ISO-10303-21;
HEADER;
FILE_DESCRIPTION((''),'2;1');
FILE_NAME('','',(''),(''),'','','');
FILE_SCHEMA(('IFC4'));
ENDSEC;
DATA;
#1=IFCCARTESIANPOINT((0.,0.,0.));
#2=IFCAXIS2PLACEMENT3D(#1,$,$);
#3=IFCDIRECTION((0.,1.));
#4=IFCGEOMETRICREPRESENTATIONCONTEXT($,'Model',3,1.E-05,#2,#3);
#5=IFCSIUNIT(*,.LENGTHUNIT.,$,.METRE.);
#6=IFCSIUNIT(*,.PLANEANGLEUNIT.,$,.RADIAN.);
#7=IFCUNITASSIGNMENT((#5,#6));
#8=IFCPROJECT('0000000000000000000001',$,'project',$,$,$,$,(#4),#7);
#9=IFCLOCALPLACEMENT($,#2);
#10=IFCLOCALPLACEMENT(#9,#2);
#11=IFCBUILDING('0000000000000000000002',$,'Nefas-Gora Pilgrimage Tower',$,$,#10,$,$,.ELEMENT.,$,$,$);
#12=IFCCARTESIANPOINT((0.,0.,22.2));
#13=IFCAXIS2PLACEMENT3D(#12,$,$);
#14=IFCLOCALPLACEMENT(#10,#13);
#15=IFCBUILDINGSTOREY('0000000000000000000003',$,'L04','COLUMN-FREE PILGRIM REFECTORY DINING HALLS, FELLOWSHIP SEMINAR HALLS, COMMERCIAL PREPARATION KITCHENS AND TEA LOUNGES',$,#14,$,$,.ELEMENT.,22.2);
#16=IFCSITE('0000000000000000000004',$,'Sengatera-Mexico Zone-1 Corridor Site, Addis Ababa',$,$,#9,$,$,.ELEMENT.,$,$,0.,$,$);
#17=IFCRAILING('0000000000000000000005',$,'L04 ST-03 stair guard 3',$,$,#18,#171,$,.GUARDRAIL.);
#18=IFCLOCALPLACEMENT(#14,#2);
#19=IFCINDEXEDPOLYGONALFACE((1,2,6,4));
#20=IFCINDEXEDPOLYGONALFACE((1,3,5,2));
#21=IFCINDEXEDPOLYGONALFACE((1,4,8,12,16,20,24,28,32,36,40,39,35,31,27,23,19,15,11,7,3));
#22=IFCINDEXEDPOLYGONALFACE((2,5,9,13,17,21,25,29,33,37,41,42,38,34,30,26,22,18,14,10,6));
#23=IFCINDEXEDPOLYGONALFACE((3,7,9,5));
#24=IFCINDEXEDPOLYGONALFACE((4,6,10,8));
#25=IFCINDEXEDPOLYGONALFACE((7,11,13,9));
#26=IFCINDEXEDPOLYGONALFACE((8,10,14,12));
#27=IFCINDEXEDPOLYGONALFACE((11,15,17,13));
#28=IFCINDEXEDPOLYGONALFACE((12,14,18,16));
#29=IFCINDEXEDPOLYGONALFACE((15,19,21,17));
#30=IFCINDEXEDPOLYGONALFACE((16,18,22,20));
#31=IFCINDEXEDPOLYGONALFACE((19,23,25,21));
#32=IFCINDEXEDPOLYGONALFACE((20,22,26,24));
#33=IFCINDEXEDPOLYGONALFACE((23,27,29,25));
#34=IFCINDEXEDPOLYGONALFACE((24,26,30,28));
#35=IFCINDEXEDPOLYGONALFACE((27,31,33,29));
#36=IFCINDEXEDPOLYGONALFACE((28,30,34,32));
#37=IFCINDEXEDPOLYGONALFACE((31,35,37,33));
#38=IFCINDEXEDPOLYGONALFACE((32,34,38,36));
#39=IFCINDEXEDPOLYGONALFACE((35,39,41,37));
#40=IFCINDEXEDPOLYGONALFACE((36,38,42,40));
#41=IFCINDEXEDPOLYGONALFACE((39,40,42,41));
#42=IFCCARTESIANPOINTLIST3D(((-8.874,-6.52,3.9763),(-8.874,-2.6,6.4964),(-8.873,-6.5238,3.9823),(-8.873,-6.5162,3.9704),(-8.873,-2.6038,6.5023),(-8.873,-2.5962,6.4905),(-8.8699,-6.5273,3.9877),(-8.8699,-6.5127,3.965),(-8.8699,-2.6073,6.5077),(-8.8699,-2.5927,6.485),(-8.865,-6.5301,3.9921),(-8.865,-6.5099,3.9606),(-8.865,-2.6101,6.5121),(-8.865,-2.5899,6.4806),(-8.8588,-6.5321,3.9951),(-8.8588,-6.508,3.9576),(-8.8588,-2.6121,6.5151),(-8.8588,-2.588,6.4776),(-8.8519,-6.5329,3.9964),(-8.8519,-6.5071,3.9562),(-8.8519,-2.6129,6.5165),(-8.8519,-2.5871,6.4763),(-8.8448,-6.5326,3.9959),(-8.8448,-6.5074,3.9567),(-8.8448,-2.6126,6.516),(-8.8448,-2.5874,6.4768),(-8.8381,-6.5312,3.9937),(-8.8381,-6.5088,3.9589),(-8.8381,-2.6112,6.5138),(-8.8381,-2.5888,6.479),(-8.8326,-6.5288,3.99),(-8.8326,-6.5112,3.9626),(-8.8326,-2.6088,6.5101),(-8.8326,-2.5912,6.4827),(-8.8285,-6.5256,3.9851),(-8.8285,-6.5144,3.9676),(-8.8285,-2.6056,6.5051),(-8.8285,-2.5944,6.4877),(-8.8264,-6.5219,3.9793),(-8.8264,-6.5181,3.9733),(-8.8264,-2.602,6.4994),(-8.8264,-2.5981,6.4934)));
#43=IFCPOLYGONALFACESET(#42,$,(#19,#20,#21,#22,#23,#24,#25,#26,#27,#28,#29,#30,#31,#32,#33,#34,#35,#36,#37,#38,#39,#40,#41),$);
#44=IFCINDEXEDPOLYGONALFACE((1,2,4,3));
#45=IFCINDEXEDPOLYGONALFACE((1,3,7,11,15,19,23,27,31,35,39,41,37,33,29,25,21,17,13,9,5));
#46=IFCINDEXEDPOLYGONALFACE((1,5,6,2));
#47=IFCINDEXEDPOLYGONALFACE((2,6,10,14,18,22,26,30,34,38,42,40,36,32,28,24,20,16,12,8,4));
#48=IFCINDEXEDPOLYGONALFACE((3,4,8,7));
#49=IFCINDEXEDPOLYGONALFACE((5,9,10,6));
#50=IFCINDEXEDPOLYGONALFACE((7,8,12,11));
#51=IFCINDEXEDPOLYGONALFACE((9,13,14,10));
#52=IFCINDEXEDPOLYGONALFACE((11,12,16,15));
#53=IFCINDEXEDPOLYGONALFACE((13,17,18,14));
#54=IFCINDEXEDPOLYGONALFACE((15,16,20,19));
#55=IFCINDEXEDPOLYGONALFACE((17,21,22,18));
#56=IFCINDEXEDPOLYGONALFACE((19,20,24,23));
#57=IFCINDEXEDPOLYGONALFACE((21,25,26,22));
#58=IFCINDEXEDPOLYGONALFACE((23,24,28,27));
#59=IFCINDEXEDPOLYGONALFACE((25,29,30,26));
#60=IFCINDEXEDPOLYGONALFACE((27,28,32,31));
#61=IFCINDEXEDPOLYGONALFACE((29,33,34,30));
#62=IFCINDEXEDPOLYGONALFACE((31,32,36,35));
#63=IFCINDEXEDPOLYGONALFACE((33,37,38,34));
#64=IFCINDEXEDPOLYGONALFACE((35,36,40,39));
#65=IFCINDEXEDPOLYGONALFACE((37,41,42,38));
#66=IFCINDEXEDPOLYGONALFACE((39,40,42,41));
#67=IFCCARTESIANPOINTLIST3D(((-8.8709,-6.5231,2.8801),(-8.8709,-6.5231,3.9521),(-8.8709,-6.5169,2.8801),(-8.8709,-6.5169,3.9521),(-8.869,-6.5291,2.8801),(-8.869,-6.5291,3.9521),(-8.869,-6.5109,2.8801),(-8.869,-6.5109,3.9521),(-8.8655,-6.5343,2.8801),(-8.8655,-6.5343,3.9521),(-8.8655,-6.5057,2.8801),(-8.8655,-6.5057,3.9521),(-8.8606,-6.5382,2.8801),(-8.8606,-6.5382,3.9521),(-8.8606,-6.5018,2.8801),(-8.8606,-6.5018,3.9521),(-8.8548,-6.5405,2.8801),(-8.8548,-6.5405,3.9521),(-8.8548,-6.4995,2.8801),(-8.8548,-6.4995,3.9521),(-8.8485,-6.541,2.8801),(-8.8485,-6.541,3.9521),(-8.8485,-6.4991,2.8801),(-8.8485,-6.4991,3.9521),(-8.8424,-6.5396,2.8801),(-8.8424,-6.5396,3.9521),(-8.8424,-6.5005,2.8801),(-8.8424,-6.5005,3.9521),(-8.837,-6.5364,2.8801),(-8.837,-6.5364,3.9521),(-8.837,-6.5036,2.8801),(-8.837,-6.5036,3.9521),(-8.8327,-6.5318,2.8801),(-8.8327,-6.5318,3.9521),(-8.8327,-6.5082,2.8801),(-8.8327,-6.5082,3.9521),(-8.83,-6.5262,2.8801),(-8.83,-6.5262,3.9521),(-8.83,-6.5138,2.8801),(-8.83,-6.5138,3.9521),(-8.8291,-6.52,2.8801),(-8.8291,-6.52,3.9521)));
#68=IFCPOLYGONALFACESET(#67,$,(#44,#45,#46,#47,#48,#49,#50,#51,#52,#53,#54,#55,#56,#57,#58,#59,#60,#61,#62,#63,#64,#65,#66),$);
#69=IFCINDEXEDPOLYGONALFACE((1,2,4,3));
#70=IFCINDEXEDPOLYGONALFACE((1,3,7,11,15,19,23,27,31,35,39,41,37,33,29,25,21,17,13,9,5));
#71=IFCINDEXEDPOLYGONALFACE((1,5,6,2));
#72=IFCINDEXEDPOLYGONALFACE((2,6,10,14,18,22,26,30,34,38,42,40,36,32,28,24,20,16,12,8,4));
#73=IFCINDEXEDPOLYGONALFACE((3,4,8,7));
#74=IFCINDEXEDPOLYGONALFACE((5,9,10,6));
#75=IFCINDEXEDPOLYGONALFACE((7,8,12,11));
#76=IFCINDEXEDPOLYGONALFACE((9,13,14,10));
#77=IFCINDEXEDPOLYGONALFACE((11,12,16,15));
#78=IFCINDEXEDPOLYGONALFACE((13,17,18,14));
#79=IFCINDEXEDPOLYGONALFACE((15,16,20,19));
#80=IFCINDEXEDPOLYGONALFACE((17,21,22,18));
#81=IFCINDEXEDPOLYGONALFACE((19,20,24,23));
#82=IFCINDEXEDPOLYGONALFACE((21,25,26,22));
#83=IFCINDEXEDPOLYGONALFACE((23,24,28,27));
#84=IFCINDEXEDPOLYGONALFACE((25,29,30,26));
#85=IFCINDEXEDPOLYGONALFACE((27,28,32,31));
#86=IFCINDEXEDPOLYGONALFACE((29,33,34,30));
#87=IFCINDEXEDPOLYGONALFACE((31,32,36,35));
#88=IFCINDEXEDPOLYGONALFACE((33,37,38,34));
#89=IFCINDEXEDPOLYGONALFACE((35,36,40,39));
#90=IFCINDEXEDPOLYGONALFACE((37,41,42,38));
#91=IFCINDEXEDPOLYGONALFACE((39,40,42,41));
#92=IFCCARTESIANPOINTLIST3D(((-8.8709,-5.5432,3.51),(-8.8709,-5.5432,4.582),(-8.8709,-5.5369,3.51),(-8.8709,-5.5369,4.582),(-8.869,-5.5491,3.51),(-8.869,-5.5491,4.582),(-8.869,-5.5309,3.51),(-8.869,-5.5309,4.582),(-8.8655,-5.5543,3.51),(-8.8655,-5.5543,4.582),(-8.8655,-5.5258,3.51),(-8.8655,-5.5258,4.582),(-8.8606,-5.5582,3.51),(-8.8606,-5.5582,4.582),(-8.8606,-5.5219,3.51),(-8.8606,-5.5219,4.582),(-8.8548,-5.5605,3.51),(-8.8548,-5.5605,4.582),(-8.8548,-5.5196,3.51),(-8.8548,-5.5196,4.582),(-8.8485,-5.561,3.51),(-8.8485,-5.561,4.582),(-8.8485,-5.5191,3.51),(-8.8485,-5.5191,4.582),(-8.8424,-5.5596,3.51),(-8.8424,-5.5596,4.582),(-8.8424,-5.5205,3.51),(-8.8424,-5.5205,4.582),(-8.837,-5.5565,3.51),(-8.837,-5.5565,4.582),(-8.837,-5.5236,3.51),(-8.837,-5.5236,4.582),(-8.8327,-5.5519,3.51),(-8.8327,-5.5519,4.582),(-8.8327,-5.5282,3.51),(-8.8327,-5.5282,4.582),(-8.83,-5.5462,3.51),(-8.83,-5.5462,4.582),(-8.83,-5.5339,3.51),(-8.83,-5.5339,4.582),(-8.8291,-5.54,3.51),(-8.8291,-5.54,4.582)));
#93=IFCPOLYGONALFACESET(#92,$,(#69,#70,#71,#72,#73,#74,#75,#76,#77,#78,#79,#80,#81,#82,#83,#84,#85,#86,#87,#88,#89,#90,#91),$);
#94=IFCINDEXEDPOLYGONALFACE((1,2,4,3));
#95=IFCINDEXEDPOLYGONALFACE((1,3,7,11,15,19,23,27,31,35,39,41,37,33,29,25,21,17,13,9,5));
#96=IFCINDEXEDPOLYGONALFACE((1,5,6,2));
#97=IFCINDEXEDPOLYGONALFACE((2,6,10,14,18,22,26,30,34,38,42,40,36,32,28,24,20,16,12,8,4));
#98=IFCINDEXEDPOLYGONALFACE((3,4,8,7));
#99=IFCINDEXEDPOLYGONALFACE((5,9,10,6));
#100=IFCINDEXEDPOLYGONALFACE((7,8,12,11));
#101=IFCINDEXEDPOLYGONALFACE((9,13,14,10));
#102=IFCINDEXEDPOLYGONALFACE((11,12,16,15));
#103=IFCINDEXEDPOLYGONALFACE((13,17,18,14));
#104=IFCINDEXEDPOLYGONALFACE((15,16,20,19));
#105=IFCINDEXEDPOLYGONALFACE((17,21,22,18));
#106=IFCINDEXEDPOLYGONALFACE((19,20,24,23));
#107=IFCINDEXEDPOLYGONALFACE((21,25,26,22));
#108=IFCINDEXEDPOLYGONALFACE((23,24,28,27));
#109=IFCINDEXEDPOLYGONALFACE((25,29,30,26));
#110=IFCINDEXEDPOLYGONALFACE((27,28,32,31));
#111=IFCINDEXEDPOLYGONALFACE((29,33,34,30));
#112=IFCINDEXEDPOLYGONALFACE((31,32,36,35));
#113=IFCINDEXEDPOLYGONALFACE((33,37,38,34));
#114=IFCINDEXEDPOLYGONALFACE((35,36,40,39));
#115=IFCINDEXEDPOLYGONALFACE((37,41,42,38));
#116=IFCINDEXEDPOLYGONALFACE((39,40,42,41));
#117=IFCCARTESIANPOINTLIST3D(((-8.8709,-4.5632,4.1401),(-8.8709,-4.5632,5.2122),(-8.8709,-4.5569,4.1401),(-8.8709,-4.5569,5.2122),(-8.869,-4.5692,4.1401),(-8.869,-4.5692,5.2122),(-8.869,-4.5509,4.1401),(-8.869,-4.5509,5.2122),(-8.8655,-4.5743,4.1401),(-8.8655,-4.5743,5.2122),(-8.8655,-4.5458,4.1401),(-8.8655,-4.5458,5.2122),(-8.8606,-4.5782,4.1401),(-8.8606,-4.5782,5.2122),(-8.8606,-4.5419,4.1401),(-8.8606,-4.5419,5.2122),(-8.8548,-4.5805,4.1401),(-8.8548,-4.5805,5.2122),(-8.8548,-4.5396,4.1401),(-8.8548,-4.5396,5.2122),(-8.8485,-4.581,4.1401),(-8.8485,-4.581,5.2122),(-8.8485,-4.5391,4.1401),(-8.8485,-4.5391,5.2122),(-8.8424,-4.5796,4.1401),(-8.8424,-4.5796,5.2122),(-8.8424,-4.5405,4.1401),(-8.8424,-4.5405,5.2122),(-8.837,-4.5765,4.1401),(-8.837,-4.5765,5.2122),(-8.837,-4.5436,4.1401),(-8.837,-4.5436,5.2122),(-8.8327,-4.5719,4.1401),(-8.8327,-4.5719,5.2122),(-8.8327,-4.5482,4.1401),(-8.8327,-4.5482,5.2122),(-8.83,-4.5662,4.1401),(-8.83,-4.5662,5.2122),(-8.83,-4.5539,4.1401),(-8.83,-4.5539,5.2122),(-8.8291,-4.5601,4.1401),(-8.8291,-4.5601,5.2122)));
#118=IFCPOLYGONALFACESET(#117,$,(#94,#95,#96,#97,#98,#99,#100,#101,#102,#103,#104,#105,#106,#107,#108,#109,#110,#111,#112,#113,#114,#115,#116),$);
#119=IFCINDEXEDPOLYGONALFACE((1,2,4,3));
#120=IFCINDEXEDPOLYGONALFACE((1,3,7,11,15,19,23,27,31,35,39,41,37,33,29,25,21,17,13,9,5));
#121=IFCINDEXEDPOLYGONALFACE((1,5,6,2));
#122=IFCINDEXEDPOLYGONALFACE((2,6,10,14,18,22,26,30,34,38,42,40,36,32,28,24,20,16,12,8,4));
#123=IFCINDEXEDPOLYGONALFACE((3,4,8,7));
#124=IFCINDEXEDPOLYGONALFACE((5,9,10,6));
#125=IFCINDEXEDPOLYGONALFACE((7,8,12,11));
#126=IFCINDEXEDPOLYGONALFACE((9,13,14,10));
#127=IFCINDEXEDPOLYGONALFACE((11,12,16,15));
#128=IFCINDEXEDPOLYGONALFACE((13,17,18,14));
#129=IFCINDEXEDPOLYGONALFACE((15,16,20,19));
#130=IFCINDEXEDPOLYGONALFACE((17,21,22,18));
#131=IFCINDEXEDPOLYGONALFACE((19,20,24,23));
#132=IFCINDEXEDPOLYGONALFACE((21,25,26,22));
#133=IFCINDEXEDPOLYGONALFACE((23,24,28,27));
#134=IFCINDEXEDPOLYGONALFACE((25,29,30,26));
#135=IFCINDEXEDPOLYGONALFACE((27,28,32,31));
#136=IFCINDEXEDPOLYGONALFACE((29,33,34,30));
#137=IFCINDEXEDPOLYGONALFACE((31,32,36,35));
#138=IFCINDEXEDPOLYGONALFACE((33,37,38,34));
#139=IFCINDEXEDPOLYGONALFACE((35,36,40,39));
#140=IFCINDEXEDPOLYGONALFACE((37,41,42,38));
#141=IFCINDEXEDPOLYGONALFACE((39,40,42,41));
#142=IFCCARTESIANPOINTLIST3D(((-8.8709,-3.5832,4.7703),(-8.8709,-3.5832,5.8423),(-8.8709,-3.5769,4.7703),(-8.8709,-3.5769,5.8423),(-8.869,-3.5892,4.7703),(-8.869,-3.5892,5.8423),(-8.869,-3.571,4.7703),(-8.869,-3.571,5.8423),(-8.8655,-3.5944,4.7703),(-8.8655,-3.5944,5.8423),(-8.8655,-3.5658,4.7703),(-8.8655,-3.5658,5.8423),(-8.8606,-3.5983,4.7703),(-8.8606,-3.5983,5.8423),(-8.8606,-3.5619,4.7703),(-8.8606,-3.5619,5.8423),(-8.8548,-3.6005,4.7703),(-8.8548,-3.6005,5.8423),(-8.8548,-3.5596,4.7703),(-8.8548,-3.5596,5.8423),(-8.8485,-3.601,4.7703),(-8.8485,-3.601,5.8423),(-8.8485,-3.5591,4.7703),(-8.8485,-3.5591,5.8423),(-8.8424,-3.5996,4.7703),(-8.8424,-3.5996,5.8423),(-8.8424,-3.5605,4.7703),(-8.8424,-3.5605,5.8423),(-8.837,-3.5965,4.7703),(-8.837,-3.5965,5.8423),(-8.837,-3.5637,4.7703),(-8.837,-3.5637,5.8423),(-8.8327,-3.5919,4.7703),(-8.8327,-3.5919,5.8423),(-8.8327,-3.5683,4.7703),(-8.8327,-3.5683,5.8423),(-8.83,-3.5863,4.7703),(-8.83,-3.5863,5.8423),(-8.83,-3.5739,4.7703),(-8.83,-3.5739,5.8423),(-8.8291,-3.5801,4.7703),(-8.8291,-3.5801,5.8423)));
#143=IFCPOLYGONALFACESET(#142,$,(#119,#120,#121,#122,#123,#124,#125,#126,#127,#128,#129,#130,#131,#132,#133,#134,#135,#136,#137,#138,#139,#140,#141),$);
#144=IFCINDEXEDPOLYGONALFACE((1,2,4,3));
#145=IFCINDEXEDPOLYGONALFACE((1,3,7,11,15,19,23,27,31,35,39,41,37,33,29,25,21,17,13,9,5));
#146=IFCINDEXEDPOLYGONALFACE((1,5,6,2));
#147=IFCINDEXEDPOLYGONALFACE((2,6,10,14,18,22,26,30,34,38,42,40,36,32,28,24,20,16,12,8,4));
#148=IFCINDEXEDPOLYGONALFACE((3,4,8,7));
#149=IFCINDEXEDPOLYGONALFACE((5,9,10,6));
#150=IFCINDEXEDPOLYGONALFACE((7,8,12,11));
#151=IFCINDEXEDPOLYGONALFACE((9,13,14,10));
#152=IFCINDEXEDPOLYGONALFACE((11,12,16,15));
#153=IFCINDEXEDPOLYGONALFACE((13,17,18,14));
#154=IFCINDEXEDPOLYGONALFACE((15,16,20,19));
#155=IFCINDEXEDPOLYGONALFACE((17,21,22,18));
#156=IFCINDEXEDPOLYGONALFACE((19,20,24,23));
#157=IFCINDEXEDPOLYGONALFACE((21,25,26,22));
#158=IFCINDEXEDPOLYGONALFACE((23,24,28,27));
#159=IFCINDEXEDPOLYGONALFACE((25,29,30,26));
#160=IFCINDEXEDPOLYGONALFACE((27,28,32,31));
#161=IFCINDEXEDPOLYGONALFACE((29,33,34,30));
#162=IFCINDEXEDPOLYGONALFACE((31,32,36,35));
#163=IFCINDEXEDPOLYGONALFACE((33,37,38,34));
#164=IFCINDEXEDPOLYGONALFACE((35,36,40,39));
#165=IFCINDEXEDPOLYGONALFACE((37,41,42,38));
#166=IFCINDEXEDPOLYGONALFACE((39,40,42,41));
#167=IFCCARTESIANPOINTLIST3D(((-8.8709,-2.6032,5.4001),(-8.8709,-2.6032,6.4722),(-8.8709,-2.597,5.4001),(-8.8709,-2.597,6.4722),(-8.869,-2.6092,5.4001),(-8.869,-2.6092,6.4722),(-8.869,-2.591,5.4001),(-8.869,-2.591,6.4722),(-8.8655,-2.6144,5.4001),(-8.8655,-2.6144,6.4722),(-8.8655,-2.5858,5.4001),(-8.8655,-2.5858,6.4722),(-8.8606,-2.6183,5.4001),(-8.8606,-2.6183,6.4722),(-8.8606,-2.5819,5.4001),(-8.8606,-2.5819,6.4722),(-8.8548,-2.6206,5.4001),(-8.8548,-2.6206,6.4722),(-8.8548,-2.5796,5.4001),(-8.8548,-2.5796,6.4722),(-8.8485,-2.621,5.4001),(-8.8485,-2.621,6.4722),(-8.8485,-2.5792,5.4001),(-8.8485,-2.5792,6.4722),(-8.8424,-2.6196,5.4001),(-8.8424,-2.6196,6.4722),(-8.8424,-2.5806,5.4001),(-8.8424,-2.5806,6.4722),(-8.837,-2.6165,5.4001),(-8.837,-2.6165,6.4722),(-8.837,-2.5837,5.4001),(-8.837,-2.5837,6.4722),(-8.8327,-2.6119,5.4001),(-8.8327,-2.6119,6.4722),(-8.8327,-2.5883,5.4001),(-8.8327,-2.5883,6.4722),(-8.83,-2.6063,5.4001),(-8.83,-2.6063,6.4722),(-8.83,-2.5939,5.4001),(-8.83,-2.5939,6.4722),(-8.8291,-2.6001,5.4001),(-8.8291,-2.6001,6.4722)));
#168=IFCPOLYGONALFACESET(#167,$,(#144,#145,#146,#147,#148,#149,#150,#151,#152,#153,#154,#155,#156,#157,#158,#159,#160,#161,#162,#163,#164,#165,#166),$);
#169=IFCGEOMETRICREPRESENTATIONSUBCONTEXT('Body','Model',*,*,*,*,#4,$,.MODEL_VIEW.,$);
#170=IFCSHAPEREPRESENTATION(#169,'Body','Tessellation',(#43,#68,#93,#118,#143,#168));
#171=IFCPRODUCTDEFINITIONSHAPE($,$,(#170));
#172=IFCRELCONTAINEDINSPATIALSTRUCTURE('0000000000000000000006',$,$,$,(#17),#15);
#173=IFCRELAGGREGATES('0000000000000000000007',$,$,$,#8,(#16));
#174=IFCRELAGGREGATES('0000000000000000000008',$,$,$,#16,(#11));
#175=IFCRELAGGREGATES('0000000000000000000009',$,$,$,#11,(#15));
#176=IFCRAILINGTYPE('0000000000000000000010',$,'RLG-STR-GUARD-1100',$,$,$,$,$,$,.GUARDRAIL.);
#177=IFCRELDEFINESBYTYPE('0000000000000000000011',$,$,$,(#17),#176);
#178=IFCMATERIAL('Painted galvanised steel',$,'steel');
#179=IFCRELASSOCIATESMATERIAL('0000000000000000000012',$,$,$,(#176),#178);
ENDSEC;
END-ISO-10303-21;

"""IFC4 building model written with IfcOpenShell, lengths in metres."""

from ifc_helpers import new_model, si_unit, direction, frame, origin, origin_2d, place, context, subcontext, project, spatial, circle, extrude, material, type_object, element, save


model = new_model("IFC4")

# Units and contexts
model_context = context("Model", 3, precision=1e-05, world=origin(), true_north=direction((0.0, 1.0)))
body_context = subcontext(model_context, "Body", "Model", "MODEL_VIEW")
ifc_project = project(units=[si_unit("LENGTHUNIT", "METRE"), si_unit("PLANEANGLEUNIT", "RADIAN")], contexts=[model_context])

# Site, building, storey
site_placement = place(None, origin())
site = spatial("IfcSite", under=ifc_project, at=site_placement, Name="Sengatera-Mexico Zone-1 Corridor Site, Addis Ababa", CompositionType="ELEMENT", RefElevation=0.0)
building_placement = place(site_placement, origin())
building = spatial("IfcBuilding", under=site, at=building_placement, Name="Nefas-Gora Pilgrimage Tower", CompositionType="ELEMENT")
storey_placement = place(building_placement, frame((0.0, 0.0, 22.2)))
storey = spatial("IfcBuildingStorey", under=building, at=storey_placement, Name="L04", Description="COLUMN-FREE PILGRIM REFECTORY DINING HALLS, FELLOWSHIP SEMINAR HALLS, COMMERCIAL PREPARATION KITCHENS AND TEA LOUNGES", CompositionType="ELEMENT", Elevation=22.2)

# Railing
ifc_material_1 = material(Name="Painted galvanised steel", Category="steel")
railing_type = type_object("IfcRailingType", Name="RLG-STR-GUARD-1100", PredefinedType="GUARDRAIL", material=ifc_material_1)
railing_1_placement = place(storey_placement, frame((-8.8501, -6.52, 2.8801)))
element("IfcRailing", 1, at=railing_1_placement, inside=storey, type_object=railing_type, Name="L04 ST-03 stair guard 3", PredefinedType="GUARDRAIL", context=body_context, shape_type="SweptSolid", body=[
    extrude(circle(Radius=0.0239, at=origin_2d()), frame((0.0, 0.0, 1.0962), z_axis=(0.0, 0.841172, 0.540768), x_axis=(-1.0, 0.0, 0.0)), (0.0, 0.0, 1.0), 4.6602),
    extrude(circle(Radius=0.021, at=origin_2d()), origin(), (0.0, 0.0, 1.0), 1.072),
    extrude(circle(Radius=0.021, at=origin_2d()), frame((0.0, 0.98, 0.6299)), (0.0, 0.0, 1.0), 1.072),
    extrude(circle(Radius=0.021, at=origin_2d()), frame((0.0, 1.96, 1.26)), (0.0, 0.0, 1.0), 1.072),
    extrude(circle(Radius=0.021, at=origin_2d()), frame((0.0, 2.9399, 1.8901)), (0.0, 0.0, 1.0), 1.072),
    extrude(circle(Radius=0.021, at=origin_2d()), frame((0.0, 3.9199, 2.52)), (0.0, 0.0, 1.0), 1.072),
])

save(model, "model.ifc")
